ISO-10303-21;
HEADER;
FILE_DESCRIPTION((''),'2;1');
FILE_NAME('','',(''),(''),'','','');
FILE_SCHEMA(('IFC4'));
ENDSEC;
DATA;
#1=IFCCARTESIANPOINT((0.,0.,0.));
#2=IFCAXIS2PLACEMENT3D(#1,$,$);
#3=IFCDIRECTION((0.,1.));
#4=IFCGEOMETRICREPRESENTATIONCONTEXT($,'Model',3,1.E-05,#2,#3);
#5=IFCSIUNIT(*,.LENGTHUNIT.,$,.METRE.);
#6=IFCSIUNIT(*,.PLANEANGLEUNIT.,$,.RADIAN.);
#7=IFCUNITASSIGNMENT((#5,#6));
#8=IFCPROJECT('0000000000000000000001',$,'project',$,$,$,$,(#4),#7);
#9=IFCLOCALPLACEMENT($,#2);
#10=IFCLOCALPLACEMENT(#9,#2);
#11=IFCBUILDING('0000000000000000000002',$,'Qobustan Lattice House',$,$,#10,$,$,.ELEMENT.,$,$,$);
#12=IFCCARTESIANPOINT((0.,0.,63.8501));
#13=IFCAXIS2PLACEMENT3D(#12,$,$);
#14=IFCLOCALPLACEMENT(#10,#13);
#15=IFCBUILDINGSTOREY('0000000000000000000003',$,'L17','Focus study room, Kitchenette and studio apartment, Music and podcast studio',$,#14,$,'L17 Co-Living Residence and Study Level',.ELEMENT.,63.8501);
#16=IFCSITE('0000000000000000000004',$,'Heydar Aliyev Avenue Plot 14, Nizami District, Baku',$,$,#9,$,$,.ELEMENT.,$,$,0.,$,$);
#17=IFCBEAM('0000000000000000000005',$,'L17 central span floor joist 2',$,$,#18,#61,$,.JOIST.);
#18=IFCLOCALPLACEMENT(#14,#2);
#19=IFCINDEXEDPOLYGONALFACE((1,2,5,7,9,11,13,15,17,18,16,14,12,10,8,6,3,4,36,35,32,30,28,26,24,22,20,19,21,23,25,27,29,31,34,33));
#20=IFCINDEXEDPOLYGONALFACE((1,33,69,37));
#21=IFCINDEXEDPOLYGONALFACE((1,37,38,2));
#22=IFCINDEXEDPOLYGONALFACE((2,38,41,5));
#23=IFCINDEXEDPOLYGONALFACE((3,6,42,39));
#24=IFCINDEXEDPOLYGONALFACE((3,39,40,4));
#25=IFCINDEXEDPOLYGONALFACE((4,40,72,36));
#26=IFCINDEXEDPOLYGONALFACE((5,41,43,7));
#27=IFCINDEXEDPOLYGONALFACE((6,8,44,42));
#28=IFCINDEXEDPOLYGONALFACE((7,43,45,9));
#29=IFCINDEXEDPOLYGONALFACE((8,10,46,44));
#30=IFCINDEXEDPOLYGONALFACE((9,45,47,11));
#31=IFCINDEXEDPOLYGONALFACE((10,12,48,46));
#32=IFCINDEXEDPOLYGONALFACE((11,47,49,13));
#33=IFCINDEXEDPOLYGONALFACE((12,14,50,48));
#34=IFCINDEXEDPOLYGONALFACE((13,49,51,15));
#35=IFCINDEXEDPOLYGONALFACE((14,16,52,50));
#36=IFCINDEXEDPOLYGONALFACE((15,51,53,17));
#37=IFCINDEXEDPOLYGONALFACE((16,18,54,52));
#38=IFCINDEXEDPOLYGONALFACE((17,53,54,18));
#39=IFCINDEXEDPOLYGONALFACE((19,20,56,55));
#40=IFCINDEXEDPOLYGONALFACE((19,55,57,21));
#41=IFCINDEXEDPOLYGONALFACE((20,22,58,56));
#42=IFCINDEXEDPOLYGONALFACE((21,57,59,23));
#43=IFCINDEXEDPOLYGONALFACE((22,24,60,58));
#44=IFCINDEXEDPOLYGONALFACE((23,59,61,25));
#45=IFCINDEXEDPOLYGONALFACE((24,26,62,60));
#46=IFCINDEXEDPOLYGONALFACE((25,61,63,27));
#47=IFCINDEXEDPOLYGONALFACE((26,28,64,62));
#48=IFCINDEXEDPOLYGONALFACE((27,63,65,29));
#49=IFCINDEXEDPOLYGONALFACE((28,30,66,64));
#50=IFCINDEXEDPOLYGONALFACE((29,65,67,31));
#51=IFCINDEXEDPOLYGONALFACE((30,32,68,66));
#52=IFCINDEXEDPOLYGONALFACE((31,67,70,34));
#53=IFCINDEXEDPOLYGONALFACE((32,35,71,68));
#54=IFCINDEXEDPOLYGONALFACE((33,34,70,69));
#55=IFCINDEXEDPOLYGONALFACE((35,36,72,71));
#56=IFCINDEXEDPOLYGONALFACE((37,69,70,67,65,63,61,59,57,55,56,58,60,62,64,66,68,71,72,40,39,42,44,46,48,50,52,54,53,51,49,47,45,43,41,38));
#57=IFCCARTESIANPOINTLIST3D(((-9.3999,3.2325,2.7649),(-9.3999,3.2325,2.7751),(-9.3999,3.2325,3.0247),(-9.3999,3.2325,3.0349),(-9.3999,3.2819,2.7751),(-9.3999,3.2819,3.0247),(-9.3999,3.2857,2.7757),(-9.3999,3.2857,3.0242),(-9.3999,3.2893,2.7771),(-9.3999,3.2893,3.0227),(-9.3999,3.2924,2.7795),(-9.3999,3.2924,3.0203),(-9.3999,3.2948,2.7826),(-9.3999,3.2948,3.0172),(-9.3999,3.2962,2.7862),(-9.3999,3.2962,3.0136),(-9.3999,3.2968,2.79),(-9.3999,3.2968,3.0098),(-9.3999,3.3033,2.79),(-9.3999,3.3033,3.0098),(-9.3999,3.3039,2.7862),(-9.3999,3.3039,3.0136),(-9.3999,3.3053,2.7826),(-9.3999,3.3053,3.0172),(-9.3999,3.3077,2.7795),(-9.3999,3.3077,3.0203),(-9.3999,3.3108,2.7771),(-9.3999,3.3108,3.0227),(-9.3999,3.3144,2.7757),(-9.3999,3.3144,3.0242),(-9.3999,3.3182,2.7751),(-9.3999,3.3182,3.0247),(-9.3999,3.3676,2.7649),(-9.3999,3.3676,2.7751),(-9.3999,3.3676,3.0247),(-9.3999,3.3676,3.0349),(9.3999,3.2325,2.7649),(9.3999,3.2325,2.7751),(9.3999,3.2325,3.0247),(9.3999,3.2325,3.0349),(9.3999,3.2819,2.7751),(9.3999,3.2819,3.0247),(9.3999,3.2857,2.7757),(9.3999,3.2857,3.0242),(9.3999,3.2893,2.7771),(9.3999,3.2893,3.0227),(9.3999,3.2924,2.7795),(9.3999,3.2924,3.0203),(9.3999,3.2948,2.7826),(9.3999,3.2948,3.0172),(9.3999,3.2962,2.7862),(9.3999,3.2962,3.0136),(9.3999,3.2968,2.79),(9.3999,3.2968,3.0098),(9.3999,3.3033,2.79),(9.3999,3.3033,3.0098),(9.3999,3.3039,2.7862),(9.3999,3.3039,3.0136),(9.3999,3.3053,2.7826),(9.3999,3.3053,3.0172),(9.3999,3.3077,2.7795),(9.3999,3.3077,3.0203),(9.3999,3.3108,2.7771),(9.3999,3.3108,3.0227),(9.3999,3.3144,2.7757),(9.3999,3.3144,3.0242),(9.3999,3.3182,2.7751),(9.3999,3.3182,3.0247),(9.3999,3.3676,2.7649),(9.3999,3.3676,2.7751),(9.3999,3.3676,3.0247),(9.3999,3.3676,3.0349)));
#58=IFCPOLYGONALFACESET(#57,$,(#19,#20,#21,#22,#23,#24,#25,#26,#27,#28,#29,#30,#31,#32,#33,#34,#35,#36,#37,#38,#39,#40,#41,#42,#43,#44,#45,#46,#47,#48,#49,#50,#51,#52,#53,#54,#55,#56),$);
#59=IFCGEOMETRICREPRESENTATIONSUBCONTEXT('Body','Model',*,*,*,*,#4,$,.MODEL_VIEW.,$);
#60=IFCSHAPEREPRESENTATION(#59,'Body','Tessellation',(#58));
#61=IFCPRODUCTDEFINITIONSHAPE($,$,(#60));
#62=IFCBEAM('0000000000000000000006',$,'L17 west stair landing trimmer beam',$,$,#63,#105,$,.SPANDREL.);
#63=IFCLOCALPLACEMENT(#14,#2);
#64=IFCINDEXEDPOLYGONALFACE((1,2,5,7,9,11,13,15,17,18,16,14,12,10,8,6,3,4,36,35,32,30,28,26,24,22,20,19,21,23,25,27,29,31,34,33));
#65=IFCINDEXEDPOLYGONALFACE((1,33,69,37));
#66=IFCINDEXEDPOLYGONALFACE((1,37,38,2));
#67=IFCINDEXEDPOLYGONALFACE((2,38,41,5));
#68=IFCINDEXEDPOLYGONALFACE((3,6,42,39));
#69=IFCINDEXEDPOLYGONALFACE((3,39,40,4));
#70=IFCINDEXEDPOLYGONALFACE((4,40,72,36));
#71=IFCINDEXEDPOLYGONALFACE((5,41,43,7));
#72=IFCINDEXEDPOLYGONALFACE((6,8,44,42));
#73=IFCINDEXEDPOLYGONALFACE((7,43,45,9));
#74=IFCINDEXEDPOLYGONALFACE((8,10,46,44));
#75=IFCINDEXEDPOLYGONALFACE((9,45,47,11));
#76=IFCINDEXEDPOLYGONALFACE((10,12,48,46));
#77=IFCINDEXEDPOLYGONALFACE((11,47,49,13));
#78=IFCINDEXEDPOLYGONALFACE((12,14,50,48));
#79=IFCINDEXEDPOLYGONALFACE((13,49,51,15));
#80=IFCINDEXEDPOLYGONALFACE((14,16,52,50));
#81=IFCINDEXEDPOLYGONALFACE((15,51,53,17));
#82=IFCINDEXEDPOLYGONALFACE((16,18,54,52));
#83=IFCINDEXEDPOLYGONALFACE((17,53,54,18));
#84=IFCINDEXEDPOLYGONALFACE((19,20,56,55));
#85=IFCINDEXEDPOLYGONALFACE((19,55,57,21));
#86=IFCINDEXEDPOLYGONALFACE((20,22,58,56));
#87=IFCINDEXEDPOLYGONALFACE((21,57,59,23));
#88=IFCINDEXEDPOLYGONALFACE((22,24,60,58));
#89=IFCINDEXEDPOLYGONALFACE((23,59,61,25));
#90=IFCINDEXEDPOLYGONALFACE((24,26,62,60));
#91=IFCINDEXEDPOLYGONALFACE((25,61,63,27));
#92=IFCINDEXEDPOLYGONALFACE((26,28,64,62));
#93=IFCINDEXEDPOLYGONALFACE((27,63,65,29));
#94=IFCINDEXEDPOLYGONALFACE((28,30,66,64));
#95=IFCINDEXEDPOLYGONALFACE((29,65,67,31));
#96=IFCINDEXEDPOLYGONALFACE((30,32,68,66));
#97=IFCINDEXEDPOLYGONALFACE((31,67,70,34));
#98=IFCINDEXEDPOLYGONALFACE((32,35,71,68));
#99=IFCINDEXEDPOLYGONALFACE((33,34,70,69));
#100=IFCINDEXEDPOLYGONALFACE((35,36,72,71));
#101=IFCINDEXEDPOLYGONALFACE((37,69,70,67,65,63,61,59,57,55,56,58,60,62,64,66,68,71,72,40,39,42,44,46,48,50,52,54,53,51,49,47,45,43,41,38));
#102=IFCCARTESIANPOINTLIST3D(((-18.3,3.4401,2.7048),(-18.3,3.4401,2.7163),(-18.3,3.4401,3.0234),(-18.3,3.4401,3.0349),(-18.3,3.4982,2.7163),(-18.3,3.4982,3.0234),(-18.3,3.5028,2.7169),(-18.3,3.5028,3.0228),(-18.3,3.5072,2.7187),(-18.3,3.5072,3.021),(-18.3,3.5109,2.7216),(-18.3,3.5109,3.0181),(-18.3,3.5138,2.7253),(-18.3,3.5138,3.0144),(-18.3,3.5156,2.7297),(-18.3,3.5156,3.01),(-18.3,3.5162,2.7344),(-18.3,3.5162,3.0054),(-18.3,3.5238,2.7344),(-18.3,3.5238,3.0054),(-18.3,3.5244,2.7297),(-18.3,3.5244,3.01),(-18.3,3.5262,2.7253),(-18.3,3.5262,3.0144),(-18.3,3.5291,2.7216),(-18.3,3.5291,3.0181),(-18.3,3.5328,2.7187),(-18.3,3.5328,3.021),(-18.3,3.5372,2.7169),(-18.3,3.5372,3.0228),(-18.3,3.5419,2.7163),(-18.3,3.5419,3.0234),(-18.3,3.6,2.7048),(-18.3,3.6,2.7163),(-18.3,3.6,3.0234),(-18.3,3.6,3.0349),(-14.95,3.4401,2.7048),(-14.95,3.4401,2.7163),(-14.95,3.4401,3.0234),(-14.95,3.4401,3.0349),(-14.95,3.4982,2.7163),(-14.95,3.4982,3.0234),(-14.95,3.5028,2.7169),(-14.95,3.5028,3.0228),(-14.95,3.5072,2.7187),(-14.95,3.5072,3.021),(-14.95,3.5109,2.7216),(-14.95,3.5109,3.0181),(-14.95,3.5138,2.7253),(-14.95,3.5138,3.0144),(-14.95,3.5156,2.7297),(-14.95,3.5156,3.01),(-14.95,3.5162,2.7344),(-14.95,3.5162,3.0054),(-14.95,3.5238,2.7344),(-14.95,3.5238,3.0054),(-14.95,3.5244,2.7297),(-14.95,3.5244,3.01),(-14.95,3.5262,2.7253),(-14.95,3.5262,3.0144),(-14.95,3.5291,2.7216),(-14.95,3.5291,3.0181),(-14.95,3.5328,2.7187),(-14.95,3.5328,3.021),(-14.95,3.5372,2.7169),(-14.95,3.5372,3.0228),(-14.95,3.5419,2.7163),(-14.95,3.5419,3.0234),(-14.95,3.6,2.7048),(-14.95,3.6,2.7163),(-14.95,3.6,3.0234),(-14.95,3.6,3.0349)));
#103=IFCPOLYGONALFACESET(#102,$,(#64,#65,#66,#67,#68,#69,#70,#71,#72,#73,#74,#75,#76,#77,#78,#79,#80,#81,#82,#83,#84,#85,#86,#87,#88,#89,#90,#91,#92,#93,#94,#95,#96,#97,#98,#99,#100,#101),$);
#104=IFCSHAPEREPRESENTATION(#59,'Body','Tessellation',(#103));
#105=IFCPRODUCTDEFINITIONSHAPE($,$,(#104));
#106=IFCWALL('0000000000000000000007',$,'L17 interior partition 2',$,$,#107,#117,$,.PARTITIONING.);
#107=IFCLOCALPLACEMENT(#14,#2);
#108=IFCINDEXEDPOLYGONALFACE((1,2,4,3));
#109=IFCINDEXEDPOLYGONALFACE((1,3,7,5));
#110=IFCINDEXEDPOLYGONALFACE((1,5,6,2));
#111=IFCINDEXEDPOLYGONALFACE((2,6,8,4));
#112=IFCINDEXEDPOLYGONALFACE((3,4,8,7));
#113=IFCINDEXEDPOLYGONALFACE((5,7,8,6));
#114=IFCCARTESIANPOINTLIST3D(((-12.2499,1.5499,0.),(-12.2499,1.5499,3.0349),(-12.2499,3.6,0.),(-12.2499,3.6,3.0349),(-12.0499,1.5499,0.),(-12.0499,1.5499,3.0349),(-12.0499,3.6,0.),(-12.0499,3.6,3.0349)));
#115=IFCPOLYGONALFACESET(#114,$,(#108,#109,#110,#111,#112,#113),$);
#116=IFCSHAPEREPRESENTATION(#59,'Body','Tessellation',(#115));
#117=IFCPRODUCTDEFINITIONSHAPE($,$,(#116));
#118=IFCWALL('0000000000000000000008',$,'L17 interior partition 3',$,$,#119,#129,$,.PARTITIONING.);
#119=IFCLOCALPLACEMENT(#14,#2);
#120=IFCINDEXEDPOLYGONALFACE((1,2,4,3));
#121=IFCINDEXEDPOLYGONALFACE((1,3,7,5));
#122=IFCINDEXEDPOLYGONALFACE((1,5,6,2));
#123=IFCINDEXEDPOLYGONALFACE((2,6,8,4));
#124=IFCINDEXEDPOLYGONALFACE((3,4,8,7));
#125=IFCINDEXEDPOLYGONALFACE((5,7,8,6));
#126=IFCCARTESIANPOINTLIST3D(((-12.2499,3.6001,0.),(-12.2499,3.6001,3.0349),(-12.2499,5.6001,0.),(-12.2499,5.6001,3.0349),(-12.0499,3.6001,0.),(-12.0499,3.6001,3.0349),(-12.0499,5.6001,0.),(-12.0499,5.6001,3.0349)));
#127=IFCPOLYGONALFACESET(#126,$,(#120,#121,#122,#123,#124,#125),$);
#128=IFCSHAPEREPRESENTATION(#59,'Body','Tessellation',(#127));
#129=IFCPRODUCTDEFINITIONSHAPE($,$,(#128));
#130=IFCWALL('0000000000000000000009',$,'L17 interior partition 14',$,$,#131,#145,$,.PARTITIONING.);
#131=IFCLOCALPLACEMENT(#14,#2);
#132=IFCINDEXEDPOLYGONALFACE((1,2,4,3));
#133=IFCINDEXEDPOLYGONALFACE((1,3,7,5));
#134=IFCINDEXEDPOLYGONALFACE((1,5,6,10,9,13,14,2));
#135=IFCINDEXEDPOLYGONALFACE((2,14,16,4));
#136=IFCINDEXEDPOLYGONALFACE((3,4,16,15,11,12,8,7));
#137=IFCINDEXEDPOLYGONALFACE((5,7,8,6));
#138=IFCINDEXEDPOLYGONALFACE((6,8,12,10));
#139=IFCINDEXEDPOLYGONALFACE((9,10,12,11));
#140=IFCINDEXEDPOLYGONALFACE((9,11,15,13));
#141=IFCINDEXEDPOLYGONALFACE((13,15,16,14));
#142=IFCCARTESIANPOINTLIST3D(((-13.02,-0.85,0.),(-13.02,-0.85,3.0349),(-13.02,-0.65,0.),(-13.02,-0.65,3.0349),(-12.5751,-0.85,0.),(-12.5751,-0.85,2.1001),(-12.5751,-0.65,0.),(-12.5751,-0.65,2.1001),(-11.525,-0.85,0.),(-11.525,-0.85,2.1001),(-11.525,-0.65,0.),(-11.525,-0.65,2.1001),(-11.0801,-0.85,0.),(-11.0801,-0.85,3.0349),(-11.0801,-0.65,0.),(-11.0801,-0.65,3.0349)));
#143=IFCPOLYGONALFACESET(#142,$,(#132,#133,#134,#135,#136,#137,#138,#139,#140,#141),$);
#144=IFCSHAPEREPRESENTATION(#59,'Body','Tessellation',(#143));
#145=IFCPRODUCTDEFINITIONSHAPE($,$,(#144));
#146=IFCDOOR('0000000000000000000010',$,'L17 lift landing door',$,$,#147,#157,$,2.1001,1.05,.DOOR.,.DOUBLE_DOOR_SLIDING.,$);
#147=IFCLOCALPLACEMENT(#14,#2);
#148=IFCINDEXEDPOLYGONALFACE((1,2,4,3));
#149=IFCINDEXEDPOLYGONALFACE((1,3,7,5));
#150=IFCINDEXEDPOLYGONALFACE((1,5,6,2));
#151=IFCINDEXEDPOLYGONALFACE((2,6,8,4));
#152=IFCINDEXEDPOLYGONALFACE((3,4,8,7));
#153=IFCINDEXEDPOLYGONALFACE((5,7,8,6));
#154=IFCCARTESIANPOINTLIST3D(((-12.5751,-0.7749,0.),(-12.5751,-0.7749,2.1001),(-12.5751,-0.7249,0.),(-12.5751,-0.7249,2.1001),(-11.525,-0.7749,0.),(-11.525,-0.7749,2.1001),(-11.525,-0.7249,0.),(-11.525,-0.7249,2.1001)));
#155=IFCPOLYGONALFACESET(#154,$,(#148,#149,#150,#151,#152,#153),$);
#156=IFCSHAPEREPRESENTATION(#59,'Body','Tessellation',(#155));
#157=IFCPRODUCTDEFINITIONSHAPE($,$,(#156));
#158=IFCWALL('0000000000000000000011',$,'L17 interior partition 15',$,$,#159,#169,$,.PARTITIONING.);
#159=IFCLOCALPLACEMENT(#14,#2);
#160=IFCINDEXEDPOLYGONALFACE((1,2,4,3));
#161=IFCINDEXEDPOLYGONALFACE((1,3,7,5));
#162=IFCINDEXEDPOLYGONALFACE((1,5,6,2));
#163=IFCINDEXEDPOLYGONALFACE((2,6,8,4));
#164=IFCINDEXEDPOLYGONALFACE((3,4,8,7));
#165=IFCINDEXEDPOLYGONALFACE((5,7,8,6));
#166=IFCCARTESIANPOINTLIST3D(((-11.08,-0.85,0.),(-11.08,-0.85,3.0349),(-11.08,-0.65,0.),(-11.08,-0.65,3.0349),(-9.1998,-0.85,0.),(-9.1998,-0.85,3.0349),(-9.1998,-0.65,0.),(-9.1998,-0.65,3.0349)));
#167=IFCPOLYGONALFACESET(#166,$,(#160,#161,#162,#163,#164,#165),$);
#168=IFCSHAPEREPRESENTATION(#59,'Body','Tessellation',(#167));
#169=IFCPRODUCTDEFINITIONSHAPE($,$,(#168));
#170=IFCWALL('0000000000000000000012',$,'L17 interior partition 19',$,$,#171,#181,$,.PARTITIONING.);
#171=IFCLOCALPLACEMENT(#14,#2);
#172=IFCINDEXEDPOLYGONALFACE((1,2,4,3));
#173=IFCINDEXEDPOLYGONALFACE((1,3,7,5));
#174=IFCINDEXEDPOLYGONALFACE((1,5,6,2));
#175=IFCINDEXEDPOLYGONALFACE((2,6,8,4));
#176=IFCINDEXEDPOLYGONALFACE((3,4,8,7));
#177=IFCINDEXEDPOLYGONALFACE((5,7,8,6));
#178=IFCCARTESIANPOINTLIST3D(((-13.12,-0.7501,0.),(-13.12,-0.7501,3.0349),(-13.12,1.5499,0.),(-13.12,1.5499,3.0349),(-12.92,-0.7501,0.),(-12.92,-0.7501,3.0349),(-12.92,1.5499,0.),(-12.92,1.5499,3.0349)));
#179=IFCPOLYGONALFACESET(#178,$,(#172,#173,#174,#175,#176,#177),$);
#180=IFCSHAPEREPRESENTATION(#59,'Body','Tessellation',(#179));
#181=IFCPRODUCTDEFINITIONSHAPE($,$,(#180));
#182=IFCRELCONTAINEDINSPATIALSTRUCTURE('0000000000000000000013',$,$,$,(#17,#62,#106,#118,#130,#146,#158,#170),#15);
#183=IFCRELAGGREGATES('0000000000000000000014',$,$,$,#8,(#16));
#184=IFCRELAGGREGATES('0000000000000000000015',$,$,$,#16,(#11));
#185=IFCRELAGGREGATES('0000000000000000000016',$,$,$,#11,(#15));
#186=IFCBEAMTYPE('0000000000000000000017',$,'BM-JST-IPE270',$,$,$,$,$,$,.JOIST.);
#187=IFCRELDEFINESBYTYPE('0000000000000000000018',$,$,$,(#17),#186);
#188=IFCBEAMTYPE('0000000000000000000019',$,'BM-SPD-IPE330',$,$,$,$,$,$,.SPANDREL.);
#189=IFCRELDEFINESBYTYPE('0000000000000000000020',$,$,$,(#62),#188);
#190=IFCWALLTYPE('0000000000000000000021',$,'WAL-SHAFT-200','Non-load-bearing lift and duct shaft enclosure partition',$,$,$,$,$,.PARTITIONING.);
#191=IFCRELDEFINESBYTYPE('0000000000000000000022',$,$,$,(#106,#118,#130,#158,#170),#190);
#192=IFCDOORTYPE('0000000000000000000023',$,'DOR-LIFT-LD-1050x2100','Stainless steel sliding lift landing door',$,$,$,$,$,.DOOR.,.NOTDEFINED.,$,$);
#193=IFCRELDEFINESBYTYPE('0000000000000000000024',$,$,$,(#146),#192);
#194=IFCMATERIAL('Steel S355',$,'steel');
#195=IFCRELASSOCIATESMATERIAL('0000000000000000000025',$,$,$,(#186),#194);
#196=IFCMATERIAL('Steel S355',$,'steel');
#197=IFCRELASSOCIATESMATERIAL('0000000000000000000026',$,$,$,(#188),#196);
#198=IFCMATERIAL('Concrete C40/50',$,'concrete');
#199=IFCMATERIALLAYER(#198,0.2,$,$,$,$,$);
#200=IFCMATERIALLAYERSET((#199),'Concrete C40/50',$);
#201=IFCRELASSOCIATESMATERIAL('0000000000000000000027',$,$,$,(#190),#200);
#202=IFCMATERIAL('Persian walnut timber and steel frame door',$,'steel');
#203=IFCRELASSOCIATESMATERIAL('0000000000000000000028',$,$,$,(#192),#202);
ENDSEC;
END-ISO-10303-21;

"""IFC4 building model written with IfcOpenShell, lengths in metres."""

from ifc_helpers import new_model, si_unit, direction, frame, frame_2d, origin, origin_2d, place, context, subcontext, project, spatial, rectangle, i_section, extrude, material, layer, layer_set, material_profile, profile_set, type_object, element, fill, save


model = new_model("IFC4")

# Units and contexts
model_context = context("Model", 3, precision=1e-05, world=origin(), true_north=direction((0.0, 1.0)))
body_context = subcontext(model_context, "Body", "Model", "MODEL_VIEW")
ifc_project = project(units=[si_unit("LENGTHUNIT", "METRE"), si_unit("PLANEANGLEUNIT", "RADIAN")], contexts=[model_context])

# Site, building, storey
site_placement = place(None, origin())
site = spatial("IfcSite", under=ifc_project, at=site_placement, Name="Heydar Aliyev Avenue Plot 14, Nizami District, Baku", CompositionType="ELEMENT", RefElevation=0.0)
building_placement = place(site_placement, origin())
building = spatial("IfcBuilding", under=site, at=building_placement, Name="Qobustan Lattice House", CompositionType="ELEMENT")
storey_placement = place(building_placement, frame((0.0, 0.0, 63.8501)))
storey = spatial("IfcBuildingStorey", under=building, at=storey_placement, Name="L17", Description="Focus study room, Kitchenette and studio apartment, Music and podcast studio", LongName="L17 Co-Living Residence and Study Level", CompositionType="ELEMENT", Elevation=63.8501)

# Beams
ifc_material_1 = material(Name="Steel S355", Category="steel")
ifc_material_profile_1 = material_profile(ifc_material_1, i_section(OverallWidth=0.135, OverallDepth=0.27, WebThickness=0.0066, FlangeThickness=0.0103, FilletRadius=0.0149, at=origin_2d()), Name="IPE270")
ifc_profile_set_1 = profile_set([ifc_material_profile_1], Name="Steel S355")
beam_type_1 = type_object("IfcBeamType", Name="BM-JST-IPE270", PredefinedType="JOIST", material=ifc_profile_set_1)
beam_1_placement = place(storey_placement, frame((-9.3999, 3.3, 2.8999), z_axis=(1.0, 0.0, 0.0), x_axis=(0.0, 1.0, 0.0)))
element("IfcBeam", 1, at=beam_1_placement, inside=storey, type_object=beam_type_1, Name="L17 central span floor joist 2", PredefinedType="JOIST", context=body_context, shape_type="SweptSolid", body=[
    extrude(i_section(OverallWidth=0.135, OverallDepth=0.27, WebThickness=0.0066, FlangeThickness=0.0103, FilletRadius=0.0149, at=origin_2d()), origin(), (0.0, 0.0, 1.0), 18.7998),
])
ifc_material_2 = material(Name="Steel S355", Category="steel")
ifc_material_profile_2 = material_profile(ifc_material_2, i_section(OverallWidth=0.1599, OverallDepth=0.3301, WebThickness=0.0076, FlangeThickness=0.0115, FilletRadius=0.0181, at=origin_2d()), Name="IPE330")
ifc_profile_set_2 = profile_set([ifc_material_profile_2], Name="Steel S355")
beam_type_2 = type_object("IfcBeamType", Name="BM-SPD-IPE330", PredefinedType="SPANDREL", material=ifc_profile_set_2)
beam_2_placement = place(storey_placement, frame((-18.3, 3.52, 2.8699), z_axis=(1.0, 0.0, 0.0), x_axis=(0.0, 1.0, 0.0)))
element("IfcBeam", 2, at=beam_2_placement, inside=storey, type_object=beam_type_2, Name="L17 west stair landing trimmer beam", PredefinedType="SPANDREL", context=body_context, shape_type="SweptSolid", body=[
    extrude(i_section(OverallWidth=0.1599, OverallDepth=0.3301, WebThickness=0.0076, FlangeThickness=0.0115, FilletRadius=0.0181, at=origin_2d()), origin(), (0.0, 0.0, 1.0), 3.3501),
])

# Walls
ifc_material_3 = material(Name="Concrete C40/50", Category="concrete")
ifc_layer = layer(ifc_material_3, 0.2)
ifc_layer_set = layer_set([ifc_layer], Name="Concrete C40/50")
wall_type = type_object("IfcWallType", Name="WAL-SHAFT-200", Description="Non-load-bearing lift and duct shaft enclosure partition", PredefinedType="PARTITIONING", material=ifc_layer_set)
wall_1_placement = place(storey_placement, frame((-12.1499, 1.55, 0.0), z_axis=(0.0, 0.0, 1.0), x_axis=(0.0, 1.0, 0.0)))
element("IfcWall", 3, at=wall_1_placement, inside=storey, type_object=wall_type, Name="L17 interior partition 2", PredefinedType="PARTITIONING", context=body_context, shape_type="SweptSolid", body=[
    extrude(rectangle(XDim=2.05, YDim=0.2, at=frame_2d((1.0249, 0.0))), origin(), (0.0, 0.0, 1.0), 3.0349),
])
wall_2_placement = place(storey_placement, frame((-12.1499, 3.6001, 0.0), z_axis=(0.0, 0.0, 1.0), x_axis=(0.0, 1.0, 0.0)))
element("IfcWall", 4, at=wall_2_placement, inside=storey, type_object=wall_type, Name="L17 interior partition 3", PredefinedType="PARTITIONING", context=body_context, shape_type="SweptSolid", body=[
    extrude(rectangle(XDim=2.0, YDim=0.2, at=frame_2d((1.0, 0.0))), origin(), (0.0, 0.0, 1.0), 3.0349),
])

# Wall, opening, door
wall_3_placement = place(storey_placement, frame((-11.0801, -0.75, 0.0), z_axis=(0.0, 0.0, 1.0), x_axis=(-1.0, 0.0, 0.0)))
wall_3 = element("IfcWall", 5, at=wall_3_placement, inside=storey, type_object=wall_type, Name="L17 interior partition 14", PredefinedType="PARTITIONING", context=body_context, shape_type="SweptSolid", body=[
    extrude(rectangle(XDim=1.9399, YDim=0.2, at=frame_2d((0.97, 0.0))), origin(), (0.0, 0.0, 1.0), 3.0349),
])
opening_placement = place(wall_3_placement, frame((0.4451, 0.0, 0.0)))
opening = element("IfcOpeningElement", 6, at=opening_placement, cuts=wall_3, PredefinedType="OPENING", context=body_context, shape_type="SweptSolid", body=[
    extrude(rectangle(XDim=1.05, YDim=2.1001, at=frame_2d((0.5249, 1.05))), frame((0.0, 0.1099, 0.0), z_axis=(0.0, -1.0, 0.0), x_axis=(1.0, 0.0, 0.0)), (0.0, 0.0, 1.0), 0.22),
])
ifc_material_4 = material(Name="Persian walnut timber and steel frame door", Category="steel")
door_type = type_object("IfcDoorType", Name="DOR-LIFT-LD-1050x2100", Description="Stainless steel sliding lift landing door", OperationType="NOTDEFINED", PredefinedType="DOOR", material=ifc_material_4)
door_placement = place(opening_placement, origin())
door = element("IfcDoor", 7, at=door_placement, inside=storey, type_object=door_type, Name="L17 lift landing door", OperationType="DOUBLE_DOOR_SLIDING", OverallHeight=2.1001, OverallWidth=1.05, PredefinedType="DOOR", context=body_context, shape_type="SweptSolid", body=[
    extrude(rectangle(XDim=1.05, YDim=2.1001, at=frame_2d((0.5249, 1.05))), frame((0.0, 0.0249, 0.0), z_axis=(0.0, -1.0, 0.0), x_axis=(1.0, 0.0, 0.0)), (0.0, 0.0, 1.0), 0.05),
])
fill(opening, door)

# Walls
wall_4_placement = place(storey_placement, frame((-9.2, -0.75, 0.0), z_axis=(0.0, 0.0, 1.0), x_axis=(-1.0, 0.0, 0.0)))
element("IfcWall", 8, at=wall_4_placement, inside=storey, type_object=wall_type, Name="L17 interior partition 15", PredefinedType="PARTITIONING", context=body_context, shape_type="SweptSolid", body=[
    extrude(rectangle(XDim=1.8801, YDim=0.2, at=frame_2d((0.9399, 0.0))), origin(), (0.0, 0.0, 1.0), 3.0349),
])
for number, where, z_axis, x_axis, name in (
    (9, (-13.02, -0.75, 0.0), (0.0, 0.0, 1.0), (0.0, 1.0, 0.0), "L17 interior partition 19"),
):
    element("IfcWall", number, at=place(storey_placement, frame(where, z_axis=z_axis, x_axis=x_axis)), inside=storey, type_object=wall_type, Name=name, PredefinedType="PARTITIONING", context=body_context, shape_type="SweptSolid", body=[
        extrude(rectangle(XDim=2.3, YDim=0.2, at=frame_2d((1.1499, 0.0))), origin(), (0.0, 0.0, 1.0), 3.0349),
    ])

save(model, "model.ifc")
